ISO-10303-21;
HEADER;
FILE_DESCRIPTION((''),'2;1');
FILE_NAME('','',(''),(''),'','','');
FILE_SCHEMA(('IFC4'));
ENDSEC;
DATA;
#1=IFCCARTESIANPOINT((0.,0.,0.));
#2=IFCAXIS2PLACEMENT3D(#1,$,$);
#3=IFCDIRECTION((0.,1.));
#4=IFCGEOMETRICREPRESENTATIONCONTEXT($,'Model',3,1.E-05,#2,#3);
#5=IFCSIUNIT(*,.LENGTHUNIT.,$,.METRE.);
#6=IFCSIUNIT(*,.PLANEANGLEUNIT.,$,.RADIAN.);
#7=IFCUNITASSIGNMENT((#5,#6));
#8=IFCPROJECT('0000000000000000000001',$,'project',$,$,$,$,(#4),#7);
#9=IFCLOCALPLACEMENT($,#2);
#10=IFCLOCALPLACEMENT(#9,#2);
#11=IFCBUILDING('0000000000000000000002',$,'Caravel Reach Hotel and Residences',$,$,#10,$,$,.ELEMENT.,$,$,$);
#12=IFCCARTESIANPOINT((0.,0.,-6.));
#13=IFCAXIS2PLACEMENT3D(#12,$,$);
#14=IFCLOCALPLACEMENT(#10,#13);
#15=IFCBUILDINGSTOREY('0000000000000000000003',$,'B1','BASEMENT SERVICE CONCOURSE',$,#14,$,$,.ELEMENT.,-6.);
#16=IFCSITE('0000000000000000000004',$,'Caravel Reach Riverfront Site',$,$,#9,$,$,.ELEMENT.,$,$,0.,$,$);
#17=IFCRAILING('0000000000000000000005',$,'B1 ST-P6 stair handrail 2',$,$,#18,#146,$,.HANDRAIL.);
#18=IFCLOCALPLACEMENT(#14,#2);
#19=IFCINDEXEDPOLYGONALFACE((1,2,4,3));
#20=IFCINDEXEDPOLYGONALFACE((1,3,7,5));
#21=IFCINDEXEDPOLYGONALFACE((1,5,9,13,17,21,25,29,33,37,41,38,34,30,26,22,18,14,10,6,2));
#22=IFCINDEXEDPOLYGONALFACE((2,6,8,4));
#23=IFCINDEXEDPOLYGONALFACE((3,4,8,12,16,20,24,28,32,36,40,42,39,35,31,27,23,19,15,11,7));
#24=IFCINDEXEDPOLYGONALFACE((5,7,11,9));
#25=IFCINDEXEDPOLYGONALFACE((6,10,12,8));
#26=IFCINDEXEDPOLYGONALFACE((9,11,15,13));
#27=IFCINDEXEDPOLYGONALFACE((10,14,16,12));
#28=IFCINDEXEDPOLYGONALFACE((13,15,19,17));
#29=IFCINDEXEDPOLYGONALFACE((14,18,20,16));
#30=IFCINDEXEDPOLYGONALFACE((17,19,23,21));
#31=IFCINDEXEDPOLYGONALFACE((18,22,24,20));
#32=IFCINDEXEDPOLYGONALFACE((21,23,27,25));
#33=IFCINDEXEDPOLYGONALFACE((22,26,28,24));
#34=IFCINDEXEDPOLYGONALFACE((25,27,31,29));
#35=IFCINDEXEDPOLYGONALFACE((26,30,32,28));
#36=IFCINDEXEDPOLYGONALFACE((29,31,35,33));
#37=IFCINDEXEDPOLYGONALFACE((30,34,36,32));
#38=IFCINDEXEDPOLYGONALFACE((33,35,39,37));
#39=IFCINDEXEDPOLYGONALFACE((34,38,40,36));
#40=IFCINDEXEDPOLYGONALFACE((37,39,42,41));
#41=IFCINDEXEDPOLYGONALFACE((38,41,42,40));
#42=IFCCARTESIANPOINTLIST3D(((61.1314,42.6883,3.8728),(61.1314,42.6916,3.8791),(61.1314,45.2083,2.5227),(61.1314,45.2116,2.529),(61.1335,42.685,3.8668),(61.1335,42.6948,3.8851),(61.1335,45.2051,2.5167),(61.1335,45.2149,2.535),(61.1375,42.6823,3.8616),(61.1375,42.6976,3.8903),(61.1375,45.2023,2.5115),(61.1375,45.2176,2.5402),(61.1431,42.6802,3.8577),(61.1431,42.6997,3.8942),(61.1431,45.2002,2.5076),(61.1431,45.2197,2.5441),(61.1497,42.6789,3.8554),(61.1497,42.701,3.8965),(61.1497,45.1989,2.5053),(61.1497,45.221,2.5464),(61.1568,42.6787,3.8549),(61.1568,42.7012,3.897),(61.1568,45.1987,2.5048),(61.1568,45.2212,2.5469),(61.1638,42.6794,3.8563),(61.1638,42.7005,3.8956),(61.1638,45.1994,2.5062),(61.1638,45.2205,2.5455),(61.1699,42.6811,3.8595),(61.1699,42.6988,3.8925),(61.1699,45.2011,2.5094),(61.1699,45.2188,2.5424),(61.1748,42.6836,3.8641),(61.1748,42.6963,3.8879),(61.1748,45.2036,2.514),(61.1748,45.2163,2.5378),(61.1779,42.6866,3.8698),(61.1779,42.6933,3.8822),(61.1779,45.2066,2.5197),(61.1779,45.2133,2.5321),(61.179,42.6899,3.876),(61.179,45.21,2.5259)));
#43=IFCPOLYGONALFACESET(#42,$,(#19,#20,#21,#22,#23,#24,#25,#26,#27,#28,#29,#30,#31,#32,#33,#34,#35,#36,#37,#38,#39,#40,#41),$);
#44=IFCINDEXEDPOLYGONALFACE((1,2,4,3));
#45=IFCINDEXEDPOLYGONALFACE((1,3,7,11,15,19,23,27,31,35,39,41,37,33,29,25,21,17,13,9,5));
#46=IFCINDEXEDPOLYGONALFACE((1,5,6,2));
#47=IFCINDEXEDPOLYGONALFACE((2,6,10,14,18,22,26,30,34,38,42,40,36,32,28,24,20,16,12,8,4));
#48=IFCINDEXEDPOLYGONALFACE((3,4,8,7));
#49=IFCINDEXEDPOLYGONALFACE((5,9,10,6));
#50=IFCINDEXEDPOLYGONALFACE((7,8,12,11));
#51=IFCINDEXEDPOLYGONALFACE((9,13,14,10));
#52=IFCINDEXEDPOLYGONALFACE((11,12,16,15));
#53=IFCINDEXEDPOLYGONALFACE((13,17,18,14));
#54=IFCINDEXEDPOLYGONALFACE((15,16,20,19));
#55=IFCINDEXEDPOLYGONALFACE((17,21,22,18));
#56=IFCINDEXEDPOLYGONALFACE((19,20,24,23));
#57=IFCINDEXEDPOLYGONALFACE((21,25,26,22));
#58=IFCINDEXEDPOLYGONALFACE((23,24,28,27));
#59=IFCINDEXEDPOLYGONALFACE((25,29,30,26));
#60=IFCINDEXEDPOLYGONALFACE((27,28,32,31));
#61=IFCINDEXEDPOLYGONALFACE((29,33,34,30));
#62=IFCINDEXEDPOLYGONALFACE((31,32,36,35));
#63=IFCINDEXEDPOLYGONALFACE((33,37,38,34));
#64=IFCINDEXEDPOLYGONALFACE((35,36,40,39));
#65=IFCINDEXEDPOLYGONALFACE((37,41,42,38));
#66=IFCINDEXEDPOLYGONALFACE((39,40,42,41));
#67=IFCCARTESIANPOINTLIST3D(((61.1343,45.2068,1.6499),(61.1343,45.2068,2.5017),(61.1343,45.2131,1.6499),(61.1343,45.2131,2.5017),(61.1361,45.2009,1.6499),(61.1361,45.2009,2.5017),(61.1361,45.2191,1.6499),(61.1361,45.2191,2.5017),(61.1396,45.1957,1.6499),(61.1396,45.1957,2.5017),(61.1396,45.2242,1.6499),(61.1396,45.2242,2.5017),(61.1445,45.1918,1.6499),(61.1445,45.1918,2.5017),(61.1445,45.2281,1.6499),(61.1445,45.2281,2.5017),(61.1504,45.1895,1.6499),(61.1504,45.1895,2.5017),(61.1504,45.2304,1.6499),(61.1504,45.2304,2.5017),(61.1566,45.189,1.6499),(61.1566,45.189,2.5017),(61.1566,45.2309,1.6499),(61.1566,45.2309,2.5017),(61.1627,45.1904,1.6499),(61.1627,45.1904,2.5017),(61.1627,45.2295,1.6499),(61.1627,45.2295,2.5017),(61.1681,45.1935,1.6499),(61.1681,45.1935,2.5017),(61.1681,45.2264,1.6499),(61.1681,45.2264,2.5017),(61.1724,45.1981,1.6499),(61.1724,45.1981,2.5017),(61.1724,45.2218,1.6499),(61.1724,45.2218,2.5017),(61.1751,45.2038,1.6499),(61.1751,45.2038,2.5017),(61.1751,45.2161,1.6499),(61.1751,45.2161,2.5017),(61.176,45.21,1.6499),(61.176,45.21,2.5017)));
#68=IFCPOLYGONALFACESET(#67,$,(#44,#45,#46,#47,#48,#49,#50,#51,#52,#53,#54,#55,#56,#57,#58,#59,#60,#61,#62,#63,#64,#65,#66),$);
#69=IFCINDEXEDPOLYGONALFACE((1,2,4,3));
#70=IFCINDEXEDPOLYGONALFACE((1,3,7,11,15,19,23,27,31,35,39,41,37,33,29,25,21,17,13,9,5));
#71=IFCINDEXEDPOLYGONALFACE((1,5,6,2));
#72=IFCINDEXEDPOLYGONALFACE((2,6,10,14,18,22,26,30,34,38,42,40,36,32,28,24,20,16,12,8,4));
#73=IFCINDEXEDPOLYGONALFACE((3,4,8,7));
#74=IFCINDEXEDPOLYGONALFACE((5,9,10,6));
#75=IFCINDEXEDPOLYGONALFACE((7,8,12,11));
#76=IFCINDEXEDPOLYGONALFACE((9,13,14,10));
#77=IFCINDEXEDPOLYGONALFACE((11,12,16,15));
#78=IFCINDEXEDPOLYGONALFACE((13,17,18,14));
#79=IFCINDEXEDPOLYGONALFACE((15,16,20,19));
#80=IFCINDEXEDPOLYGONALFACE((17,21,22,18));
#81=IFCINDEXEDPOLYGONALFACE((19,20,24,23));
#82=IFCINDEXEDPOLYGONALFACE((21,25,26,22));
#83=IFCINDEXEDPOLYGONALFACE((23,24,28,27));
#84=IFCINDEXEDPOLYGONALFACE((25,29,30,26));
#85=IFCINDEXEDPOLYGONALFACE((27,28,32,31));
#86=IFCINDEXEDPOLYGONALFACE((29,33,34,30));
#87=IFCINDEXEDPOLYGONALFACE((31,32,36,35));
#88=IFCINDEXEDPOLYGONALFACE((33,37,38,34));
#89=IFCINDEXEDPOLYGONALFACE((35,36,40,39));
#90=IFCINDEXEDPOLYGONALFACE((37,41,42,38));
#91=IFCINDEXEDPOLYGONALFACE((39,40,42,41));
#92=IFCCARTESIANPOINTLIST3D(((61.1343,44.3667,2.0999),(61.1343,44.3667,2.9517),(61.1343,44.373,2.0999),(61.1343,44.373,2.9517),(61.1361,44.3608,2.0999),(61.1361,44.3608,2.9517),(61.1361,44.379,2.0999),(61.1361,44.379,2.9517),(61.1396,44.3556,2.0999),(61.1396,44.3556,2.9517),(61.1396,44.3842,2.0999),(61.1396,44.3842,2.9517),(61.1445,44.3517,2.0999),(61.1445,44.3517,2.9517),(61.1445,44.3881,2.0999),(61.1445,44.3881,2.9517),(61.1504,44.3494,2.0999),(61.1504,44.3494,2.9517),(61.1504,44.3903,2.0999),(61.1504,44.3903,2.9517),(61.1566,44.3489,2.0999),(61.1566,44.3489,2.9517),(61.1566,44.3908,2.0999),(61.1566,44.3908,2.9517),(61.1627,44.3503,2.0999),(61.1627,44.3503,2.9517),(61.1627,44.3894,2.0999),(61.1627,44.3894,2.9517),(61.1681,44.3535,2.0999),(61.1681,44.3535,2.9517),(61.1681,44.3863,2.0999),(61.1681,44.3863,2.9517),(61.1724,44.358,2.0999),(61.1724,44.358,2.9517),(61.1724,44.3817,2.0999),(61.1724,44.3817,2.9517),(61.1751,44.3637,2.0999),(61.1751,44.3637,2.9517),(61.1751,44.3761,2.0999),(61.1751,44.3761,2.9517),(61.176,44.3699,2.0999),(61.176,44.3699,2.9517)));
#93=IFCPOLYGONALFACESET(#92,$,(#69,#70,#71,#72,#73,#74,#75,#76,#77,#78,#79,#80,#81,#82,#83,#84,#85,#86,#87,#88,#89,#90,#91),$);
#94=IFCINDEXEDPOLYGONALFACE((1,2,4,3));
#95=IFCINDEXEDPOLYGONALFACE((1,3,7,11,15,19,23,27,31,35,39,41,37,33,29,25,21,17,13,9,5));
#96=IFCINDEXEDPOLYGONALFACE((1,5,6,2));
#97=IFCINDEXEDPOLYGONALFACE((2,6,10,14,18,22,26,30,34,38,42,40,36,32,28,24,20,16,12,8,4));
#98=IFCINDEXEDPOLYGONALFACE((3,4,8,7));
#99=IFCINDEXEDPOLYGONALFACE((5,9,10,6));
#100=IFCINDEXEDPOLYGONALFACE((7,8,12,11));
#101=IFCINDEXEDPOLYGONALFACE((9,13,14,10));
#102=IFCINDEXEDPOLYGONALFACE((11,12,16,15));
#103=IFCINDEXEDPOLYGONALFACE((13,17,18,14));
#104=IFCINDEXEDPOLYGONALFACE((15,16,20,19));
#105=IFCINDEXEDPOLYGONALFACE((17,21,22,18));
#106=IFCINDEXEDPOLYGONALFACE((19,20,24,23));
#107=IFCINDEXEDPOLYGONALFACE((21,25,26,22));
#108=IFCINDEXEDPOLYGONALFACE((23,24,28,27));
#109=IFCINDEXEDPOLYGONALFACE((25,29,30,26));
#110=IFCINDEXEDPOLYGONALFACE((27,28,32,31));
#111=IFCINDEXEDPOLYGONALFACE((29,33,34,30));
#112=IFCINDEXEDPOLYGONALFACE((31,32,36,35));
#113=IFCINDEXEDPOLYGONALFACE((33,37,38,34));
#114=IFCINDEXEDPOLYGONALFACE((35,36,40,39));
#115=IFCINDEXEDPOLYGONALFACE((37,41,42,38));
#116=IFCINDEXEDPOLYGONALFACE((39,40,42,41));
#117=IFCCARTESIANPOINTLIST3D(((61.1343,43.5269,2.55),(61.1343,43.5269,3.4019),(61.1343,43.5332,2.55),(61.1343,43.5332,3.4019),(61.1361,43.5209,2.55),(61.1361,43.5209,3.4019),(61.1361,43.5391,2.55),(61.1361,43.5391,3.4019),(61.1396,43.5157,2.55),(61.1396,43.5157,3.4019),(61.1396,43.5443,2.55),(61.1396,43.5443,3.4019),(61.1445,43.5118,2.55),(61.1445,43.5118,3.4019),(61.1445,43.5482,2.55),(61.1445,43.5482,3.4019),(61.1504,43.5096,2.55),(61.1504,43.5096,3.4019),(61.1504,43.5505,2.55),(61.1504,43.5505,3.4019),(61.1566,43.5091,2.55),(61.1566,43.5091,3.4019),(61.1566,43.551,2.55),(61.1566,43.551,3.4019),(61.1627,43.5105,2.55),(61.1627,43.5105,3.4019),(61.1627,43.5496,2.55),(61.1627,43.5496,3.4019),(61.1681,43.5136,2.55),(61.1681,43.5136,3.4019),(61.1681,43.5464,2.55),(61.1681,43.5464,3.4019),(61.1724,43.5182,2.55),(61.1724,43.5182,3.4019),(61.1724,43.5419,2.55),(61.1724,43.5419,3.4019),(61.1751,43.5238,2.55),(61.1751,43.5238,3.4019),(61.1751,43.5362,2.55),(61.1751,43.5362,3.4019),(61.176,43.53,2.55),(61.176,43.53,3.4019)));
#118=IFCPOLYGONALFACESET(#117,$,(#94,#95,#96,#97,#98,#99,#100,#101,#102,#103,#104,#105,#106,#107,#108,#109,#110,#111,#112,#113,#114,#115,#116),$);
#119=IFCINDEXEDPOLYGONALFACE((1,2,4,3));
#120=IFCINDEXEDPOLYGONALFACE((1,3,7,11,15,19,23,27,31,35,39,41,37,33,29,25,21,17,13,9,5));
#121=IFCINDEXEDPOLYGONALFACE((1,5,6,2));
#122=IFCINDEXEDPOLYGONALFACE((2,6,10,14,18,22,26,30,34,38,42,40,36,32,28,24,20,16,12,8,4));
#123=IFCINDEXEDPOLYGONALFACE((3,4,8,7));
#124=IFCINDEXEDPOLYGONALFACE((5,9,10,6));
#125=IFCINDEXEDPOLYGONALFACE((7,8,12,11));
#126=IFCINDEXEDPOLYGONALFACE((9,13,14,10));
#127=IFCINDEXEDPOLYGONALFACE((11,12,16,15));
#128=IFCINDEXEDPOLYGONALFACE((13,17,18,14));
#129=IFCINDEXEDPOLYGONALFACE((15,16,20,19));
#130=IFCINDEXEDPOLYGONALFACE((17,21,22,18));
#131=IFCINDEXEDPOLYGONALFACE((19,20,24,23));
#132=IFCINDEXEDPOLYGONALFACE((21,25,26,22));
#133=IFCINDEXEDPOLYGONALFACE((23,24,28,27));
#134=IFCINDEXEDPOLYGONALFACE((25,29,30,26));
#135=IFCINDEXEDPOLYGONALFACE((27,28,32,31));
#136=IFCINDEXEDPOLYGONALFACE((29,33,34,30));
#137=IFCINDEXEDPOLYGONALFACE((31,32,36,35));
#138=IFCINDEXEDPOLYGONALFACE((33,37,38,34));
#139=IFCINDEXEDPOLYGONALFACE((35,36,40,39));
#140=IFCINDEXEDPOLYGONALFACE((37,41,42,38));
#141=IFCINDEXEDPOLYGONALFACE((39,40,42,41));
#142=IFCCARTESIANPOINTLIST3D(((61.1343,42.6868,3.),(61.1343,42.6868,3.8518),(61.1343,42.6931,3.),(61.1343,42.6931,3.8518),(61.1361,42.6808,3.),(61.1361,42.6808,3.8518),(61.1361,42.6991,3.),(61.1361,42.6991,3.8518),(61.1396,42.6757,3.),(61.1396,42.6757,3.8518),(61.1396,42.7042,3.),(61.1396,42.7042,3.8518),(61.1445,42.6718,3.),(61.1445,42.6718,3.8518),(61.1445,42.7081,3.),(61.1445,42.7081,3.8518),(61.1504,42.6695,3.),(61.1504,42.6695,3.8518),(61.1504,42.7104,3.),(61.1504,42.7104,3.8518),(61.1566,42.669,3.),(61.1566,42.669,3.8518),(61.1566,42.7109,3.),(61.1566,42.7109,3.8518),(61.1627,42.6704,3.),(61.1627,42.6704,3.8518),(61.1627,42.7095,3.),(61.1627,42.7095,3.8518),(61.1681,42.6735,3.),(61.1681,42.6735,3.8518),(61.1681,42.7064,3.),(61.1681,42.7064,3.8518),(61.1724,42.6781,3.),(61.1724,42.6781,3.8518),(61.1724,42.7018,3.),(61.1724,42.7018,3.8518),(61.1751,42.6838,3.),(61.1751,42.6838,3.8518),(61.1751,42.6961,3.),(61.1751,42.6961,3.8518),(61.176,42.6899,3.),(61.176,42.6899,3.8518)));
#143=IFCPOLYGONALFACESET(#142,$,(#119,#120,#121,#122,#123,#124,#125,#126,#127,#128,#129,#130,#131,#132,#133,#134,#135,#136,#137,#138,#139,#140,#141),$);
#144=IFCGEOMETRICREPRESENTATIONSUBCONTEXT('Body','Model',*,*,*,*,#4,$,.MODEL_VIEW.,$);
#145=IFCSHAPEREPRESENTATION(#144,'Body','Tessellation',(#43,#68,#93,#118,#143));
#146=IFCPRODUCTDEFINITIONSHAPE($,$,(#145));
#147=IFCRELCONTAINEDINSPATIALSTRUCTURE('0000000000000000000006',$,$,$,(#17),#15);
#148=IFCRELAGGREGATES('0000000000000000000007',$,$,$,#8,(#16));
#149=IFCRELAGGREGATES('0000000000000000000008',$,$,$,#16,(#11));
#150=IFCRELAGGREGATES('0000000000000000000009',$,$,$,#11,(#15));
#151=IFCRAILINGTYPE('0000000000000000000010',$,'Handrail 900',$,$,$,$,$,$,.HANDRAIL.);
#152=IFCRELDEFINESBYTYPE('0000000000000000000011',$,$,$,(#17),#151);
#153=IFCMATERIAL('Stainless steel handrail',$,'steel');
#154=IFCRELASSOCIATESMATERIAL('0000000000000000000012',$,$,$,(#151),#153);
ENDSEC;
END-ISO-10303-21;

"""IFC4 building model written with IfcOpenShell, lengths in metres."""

from ifc_helpers import new_model, si_unit, direction, frame, origin, origin_2d, place, context, subcontext, project, spatial, circle, extrude, material, type_object, element, save


model = new_model("IFC4")

# Units and contexts
model_context = context("Model", 3, precision=1e-05, world=origin(), true_north=direction((0.0, 1.0)))
body_context = subcontext(model_context, "Body", "Model", "MODEL_VIEW")
ifc_project = project(units=[si_unit("LENGTHUNIT", "METRE"), si_unit("PLANEANGLEUNIT", "RADIAN")], contexts=[model_context])

# Site, building, storey
site_placement = place(None, origin())
site = spatial("IfcSite", under=ifc_project, at=site_placement, Name="Caravel Reach Riverfront Site", CompositionType="ELEMENT", RefElevation=0.0)
building_placement = place(site_placement, origin())
building = spatial("IfcBuilding", under=site, at=building_placement, Name="Caravel Reach Hotel and Residences", CompositionType="ELEMENT")
storey_placement = place(building_placement, frame((0.0, 0.0, -6.0)))
storey = spatial("IfcBuildingStorey", under=building, at=storey_placement, Name="B1", Description="BASEMENT SERVICE CONCOURSE", CompositionType="ELEMENT", Elevation=-6.0)

# Railing
ifc_material_1 = material(Name="Stainless steel handrail", Category="steel")
railing_type_1 = type_object("IfcRailingType", Name="Handrail 900", PredefinedType="HANDRAIL", material=ifc_material_1)
railing_1_placement = place(storey_placement, frame((61.155, 45.21, 1.6499)))
element("IfcRailing", 1, at=railing_1_placement, inside=storey, type_object=railing_type_1, Name="B1 ST-P6 stair handrail 2", PredefinedType="HANDRAIL", context=body_context, shape_type="SweptSolid", body=[
    extrude(circle(Radius=0.0239, at=origin_2d()), frame((0.0, 0.0, 0.876), z_axis=(0.0, -0.881467, 0.472245), x_axis=(1.0, 0.0, 0.0)), (0.0, 0.0, 1.0), 2.8589),
    extrude(circle(Radius=0.021, at=origin_2d()), origin(), (0.0, 0.0, 1.0), 0.8518),
    extrude(circle(Radius=0.021, at=origin_2d()), frame((0.0, -0.8401, 0.45)), (0.0, 0.0, 1.0), 0.8518),
    extrude(circle(Radius=0.021, at=origin_2d()), frame((0.0, -1.6799, 0.9001)), (0.0, 0.0, 1.0), 0.8518),
    extrude(circle(Radius=0.021, at=origin_2d()), frame((0.0, -2.52, 1.3501)), (0.0, 0.0, 1.0), 0.8518),
])

save(model, "model.ifc")
